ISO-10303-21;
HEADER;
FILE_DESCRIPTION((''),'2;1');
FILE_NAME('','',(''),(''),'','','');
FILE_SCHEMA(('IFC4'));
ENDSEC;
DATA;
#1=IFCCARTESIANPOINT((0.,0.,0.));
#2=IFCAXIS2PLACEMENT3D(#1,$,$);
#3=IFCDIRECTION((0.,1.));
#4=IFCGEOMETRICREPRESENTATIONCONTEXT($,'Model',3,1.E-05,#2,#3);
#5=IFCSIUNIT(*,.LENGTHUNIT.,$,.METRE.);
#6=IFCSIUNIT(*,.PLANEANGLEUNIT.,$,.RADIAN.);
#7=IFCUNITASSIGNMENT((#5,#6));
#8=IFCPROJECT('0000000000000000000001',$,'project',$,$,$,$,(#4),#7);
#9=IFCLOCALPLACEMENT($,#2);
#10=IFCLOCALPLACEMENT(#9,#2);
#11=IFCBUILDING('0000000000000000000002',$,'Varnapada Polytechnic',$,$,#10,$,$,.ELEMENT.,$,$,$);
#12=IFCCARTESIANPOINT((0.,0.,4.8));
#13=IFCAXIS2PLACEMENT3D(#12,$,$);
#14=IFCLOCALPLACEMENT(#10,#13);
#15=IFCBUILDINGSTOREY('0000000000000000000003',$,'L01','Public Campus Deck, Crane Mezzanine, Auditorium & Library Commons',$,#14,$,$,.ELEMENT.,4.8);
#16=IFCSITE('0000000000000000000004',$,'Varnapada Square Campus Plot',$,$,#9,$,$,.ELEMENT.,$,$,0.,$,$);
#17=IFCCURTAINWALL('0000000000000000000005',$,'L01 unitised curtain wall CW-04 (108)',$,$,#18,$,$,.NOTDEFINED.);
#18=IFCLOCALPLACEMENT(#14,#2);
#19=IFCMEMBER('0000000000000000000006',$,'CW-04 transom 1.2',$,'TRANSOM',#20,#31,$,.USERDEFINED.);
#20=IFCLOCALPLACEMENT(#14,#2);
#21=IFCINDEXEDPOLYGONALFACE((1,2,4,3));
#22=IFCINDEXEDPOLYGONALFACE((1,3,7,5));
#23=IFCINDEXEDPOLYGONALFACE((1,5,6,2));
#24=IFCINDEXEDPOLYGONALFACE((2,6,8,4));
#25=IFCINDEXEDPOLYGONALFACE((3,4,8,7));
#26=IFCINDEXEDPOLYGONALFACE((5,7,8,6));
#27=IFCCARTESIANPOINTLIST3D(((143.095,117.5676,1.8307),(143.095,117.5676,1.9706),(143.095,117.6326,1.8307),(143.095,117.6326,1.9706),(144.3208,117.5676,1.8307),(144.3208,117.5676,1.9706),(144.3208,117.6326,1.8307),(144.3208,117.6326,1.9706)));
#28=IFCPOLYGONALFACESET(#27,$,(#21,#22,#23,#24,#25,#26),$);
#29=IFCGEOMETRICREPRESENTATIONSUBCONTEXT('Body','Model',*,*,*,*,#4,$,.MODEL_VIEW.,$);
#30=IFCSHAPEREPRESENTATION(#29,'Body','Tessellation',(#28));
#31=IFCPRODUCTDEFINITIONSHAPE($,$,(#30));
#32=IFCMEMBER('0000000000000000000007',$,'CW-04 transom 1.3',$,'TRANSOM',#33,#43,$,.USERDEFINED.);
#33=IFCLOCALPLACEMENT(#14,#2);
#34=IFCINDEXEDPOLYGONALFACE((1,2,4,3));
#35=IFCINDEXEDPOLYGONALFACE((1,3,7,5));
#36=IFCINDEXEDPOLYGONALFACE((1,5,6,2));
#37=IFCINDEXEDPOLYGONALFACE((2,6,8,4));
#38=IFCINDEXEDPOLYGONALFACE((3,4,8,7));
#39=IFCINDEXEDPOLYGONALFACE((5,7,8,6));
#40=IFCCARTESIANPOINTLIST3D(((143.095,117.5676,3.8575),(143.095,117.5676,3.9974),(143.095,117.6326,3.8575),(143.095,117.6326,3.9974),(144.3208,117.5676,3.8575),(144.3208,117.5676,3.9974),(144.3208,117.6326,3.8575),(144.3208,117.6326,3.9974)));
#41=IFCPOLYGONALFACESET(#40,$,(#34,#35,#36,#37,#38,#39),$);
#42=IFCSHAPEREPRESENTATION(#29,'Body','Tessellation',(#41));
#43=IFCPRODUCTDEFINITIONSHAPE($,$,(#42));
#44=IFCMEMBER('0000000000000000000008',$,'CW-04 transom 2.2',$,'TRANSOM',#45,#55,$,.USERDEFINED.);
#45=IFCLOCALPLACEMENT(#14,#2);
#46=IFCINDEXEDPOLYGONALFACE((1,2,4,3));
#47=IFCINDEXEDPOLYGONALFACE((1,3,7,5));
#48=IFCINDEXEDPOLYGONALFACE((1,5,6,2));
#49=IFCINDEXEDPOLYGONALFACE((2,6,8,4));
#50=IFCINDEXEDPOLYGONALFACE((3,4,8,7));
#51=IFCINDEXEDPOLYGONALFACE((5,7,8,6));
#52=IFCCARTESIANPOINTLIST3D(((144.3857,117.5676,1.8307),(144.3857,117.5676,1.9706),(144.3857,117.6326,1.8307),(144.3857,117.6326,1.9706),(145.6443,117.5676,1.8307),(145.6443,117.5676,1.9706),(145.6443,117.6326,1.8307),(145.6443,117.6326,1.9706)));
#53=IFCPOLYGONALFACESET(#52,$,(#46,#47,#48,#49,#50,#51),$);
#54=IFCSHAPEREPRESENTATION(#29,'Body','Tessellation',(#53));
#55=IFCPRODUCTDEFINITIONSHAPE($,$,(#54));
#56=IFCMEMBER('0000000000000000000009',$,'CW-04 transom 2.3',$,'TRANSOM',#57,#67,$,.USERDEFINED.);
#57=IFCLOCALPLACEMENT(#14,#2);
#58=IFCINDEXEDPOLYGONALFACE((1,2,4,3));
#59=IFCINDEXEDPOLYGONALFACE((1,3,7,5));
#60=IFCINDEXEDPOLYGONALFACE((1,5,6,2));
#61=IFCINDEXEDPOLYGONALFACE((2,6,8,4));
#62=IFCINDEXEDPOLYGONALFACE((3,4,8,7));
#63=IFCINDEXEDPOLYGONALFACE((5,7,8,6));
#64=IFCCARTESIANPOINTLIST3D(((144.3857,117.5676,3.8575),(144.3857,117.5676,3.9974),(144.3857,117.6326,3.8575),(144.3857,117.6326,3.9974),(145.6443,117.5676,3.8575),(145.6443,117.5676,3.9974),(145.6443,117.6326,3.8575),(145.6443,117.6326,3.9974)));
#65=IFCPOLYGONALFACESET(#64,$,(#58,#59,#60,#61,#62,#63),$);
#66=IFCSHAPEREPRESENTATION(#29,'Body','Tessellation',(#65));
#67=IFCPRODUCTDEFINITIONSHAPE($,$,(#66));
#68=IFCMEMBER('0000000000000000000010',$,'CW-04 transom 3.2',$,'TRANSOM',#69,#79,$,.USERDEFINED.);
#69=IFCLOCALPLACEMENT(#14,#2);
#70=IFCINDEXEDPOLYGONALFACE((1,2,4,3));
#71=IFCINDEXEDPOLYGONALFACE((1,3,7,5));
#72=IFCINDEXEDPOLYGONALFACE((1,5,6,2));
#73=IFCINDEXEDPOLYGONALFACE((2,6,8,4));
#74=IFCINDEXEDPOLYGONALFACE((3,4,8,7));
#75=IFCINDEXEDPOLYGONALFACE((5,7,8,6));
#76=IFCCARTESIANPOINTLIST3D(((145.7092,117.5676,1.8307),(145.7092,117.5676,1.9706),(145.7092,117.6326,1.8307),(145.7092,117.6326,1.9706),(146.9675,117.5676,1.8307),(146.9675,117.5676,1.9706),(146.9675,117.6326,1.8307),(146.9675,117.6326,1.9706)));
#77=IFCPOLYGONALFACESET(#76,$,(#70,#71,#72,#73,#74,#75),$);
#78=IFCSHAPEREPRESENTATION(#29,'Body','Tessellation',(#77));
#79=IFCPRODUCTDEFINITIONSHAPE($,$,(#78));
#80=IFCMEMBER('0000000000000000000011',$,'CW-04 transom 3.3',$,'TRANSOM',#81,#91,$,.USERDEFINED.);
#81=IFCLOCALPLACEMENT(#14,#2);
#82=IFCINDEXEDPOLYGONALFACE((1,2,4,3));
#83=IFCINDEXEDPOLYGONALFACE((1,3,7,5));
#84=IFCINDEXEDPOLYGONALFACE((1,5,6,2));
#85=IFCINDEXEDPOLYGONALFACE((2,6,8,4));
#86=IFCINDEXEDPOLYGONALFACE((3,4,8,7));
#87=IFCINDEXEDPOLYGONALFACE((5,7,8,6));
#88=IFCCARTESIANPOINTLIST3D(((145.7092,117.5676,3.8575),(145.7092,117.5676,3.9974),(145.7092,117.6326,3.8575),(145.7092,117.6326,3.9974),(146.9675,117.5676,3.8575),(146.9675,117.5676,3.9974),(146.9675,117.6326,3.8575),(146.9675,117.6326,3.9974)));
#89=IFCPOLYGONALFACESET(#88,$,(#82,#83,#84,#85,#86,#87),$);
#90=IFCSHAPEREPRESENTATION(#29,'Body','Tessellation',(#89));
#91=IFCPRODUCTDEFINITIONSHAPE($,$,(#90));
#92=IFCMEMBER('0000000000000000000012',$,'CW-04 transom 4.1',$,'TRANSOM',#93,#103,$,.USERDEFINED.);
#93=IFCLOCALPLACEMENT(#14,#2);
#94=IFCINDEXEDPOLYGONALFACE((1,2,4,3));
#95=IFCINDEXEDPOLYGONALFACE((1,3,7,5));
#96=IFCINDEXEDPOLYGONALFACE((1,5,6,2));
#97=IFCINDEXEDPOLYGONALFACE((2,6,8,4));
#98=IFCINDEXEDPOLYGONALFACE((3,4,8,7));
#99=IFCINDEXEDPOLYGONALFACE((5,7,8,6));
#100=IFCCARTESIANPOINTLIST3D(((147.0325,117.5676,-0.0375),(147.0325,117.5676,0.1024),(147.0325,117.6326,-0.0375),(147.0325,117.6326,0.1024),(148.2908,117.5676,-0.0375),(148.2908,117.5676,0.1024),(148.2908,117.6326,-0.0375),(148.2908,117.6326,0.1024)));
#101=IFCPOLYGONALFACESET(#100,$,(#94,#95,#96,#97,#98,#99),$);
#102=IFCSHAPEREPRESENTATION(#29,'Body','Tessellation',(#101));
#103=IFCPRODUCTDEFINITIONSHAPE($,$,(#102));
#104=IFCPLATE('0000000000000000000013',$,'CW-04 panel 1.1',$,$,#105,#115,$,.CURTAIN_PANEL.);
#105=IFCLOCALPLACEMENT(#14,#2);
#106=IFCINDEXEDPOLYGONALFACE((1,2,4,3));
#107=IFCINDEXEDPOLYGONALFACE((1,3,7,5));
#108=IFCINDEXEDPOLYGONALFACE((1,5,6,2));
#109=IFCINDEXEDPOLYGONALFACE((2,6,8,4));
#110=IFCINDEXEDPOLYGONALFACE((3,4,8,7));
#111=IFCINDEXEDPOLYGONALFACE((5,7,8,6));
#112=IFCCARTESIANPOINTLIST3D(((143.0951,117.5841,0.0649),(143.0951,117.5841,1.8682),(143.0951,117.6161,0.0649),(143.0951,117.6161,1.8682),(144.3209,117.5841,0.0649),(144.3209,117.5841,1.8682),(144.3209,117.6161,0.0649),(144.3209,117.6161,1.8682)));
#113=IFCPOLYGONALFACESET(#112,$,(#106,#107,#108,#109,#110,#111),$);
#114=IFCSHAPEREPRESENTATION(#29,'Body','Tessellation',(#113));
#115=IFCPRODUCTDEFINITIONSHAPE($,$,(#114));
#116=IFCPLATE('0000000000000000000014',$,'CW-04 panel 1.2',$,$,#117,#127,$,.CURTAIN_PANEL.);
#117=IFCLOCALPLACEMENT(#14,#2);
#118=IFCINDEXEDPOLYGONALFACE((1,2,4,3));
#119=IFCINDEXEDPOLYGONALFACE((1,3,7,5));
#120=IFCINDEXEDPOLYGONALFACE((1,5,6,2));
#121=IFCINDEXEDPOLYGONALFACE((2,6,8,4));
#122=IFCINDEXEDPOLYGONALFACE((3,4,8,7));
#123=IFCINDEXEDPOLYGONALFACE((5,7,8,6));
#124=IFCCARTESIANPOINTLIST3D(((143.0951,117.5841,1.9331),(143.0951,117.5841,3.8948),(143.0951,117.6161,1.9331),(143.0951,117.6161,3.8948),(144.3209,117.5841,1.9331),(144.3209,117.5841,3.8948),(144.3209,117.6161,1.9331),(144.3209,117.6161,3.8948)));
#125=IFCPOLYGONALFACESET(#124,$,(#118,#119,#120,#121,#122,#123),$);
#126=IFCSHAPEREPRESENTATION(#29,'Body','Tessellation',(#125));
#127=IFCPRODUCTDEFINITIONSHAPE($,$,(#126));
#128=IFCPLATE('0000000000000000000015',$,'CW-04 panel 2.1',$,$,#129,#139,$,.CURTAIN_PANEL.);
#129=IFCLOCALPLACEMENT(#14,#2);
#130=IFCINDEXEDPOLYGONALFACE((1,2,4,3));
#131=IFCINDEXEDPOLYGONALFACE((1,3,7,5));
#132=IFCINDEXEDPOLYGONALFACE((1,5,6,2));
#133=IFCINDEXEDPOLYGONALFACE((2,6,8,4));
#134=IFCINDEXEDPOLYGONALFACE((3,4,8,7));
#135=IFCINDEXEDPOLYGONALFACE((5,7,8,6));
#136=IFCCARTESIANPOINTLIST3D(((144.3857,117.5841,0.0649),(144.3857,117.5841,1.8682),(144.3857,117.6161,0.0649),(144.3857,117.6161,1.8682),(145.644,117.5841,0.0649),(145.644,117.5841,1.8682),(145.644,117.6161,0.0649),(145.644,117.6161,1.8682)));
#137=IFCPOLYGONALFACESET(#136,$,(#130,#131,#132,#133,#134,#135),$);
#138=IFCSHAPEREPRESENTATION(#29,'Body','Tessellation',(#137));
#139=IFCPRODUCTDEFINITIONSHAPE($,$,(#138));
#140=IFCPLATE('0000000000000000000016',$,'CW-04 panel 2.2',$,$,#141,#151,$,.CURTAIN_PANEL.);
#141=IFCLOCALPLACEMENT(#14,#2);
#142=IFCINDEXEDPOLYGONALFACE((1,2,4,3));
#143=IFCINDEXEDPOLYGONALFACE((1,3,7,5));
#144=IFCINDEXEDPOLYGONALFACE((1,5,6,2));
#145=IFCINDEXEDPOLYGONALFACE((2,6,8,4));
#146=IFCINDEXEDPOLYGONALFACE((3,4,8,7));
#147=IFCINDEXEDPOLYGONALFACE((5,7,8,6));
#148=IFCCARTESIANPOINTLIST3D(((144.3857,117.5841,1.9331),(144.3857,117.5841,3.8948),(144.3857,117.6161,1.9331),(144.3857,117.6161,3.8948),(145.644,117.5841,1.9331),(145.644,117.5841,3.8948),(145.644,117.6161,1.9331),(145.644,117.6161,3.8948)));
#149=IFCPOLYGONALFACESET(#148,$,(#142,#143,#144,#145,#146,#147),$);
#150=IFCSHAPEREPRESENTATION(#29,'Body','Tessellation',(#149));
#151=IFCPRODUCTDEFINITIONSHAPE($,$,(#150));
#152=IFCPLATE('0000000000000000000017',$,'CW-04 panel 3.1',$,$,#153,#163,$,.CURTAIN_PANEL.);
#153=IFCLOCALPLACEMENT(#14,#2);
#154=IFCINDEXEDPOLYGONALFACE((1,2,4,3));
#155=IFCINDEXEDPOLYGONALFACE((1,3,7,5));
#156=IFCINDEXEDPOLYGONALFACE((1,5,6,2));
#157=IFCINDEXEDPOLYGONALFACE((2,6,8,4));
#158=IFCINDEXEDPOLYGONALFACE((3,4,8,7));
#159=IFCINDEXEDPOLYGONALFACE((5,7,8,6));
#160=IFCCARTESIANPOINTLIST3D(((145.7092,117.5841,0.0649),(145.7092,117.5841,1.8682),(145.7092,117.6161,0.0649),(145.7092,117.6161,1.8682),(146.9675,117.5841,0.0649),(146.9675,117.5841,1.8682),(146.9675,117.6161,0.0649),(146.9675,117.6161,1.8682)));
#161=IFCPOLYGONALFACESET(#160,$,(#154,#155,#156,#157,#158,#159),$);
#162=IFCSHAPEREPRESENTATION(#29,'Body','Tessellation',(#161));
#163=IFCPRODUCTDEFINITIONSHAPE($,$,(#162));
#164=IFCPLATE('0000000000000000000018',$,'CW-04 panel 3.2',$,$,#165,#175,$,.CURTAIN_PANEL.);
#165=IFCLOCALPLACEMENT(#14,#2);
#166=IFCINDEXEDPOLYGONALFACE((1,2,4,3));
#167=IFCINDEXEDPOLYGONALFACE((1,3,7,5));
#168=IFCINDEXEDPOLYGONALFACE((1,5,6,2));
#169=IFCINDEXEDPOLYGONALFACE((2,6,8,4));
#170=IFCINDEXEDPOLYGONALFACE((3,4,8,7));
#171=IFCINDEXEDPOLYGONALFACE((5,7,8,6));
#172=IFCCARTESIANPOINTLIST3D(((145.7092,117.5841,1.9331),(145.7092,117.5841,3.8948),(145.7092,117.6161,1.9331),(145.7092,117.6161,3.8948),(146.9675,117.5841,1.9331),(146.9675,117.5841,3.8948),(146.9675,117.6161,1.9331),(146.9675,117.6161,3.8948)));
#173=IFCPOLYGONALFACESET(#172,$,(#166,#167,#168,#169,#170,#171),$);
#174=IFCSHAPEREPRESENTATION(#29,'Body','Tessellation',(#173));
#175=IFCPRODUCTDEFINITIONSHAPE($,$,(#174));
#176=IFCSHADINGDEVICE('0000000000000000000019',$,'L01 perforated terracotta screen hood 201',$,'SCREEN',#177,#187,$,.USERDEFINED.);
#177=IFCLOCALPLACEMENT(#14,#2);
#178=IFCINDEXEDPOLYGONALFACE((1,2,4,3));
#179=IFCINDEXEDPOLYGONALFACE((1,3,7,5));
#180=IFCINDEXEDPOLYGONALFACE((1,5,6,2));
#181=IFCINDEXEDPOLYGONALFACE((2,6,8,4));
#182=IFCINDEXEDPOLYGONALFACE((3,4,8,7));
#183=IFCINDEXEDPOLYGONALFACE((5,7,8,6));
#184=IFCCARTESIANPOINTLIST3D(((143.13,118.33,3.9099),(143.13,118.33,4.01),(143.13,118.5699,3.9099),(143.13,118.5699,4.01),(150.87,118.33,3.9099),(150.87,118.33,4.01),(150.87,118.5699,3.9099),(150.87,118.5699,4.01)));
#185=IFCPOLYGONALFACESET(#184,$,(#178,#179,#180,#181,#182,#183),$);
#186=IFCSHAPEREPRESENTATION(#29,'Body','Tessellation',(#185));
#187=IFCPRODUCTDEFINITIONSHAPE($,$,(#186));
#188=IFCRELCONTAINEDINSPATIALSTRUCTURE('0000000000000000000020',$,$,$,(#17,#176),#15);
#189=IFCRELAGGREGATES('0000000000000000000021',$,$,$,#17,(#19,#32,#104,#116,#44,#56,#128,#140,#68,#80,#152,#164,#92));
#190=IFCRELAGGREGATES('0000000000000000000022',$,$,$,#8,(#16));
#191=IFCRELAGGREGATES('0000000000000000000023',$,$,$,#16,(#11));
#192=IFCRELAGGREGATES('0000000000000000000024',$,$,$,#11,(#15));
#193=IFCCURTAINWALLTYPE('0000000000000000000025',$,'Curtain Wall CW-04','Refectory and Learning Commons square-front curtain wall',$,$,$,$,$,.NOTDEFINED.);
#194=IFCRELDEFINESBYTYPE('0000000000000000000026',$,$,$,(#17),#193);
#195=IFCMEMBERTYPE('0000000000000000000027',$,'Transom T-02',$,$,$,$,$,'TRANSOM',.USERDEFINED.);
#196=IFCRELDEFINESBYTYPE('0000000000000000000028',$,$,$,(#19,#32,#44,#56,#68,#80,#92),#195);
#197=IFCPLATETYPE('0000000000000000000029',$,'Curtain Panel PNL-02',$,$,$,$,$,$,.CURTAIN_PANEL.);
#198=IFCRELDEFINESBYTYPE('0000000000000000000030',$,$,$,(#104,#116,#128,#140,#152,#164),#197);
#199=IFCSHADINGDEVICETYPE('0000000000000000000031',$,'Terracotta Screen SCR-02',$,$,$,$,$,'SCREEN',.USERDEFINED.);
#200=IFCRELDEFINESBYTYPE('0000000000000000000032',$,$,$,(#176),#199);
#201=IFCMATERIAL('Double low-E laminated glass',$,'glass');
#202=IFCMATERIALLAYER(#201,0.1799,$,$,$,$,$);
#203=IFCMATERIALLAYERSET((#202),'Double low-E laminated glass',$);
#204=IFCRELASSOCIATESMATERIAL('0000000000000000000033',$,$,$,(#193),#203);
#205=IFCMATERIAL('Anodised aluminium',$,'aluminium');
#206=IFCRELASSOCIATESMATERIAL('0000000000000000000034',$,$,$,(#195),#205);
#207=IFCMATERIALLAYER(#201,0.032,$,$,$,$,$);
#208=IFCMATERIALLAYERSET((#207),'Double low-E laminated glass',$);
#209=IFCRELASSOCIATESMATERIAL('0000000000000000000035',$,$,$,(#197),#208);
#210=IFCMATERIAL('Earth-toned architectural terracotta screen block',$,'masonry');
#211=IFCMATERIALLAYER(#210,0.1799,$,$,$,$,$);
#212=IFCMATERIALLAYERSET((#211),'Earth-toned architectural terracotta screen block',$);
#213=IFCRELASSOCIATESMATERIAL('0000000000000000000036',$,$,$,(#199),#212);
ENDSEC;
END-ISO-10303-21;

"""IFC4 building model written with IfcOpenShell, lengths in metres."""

from ifc_helpers import new_model, si_unit, direction, frame, origin, origin_2d, place, context, subcontext, project, spatial, rectangle, extrude, material, layer, layer_set, material_profile, profile_set, type_object, element, aggregate, save


model = new_model("IFC4")

# Units and contexts
model_context = context("Model", 3, precision=1e-05, world=origin(), true_north=direction((0.0, 1.0)))
body_context = subcontext(model_context, "Body", "Model", "MODEL_VIEW")
ifc_project = project(units=[si_unit("LENGTHUNIT", "METRE"), si_unit("PLANEANGLEUNIT", "RADIAN")], contexts=[model_context])

# Site, building, storey
site_placement = place(None, origin())
site = spatial("IfcSite", under=ifc_project, at=site_placement, Name="Varnapada Square Campus Plot", CompositionType="ELEMENT", RefElevation=0.0)
building_placement = place(site_placement, origin())
building = spatial("IfcBuilding", under=site, at=building_placement, Name="Varnapada Polytechnic", CompositionType="ELEMENT")
storey_placement = place(building_placement, frame((0.0, 0.0, 4.8)))
storey = spatial("IfcBuildingStorey", under=building, at=storey_placement, Name="L01", Description="Public Campus Deck, Crane Mezzanine, Auditorium & Library Commons", CompositionType="ELEMENT", Elevation=4.8)

# Curtain wall, members, plates
ifc_material_1 = material(Name="Double low-E laminated glass", Category="glass")
ifc_layer_1 = layer(ifc_material_1, 0.1799)
ifc_layer_set_1 = layer_set([ifc_layer_1], Name="Double low-E laminated glass")
curtain_wall_type = type_object("IfcCurtainWallType", Name="Curtain Wall CW-04", Description="Refectory and Learning Commons square-front curtain wall", PredefinedType="NOTDEFINED", material=ifc_layer_set_1)
curtain_wall_placement = place(storey_placement, origin())
curtain_wall = element("IfcCurtainWall", 1, at=curtain_wall_placement, inside=storey, type_object=curtain_wall_type, Name="L01 unitised curtain wall CW-04 (108)", PredefinedType="NOTDEFINED")
ifc_material_2 = material(Name="Anodised aluminium", Category="aluminium")
ifc_material_profile = material_profile(ifc_material_2, rectangle(XDim=0.0649, YDim=0.1399, at=origin_2d()), Name="ALU T65x140")
ifc_profile_set = profile_set([ifc_material_profile], Name="Anodised aluminium")
member_type = type_object("IfcMemberType", Name="Transom T-02", ElementType="TRANSOM", PredefinedType="USERDEFINED", material=ifc_profile_set)
member_1_placement = place(storey_placement, frame((143.095, 117.6001, 1.9006), z_axis=(1.0, 0.0, 0.0), x_axis=(0.0, 1.0, 0.0)))
member_1 = element("IfcMember", 2, at=member_1_placement, type_object=member_type, Name="CW-04 transom 1.2", ObjectType="TRANSOM", PredefinedType="USERDEFINED", context=body_context, shape_type="SweptSolid", body=[
    extrude(rectangle(XDim=0.0649, YDim=0.1399, at=origin_2d()), origin(), (0.0, 0.0, 1.0), 1.2258),
])
member_2_placement = place(storey_placement, frame((143.095, 117.6001, 3.9275), z_axis=(1.0, 0.0, 0.0), x_axis=(0.0, 1.0, 0.0)))
member_2 = element("IfcMember", 3, at=member_2_placement, type_object=member_type, Name="CW-04 transom 1.3", ObjectType="TRANSOM", PredefinedType="USERDEFINED", context=body_context, shape_type="SweptSolid", body=[
    extrude(rectangle(XDim=0.0649, YDim=0.1399, at=origin_2d()), origin(), (0.0, 0.0, 1.0), 1.2258),
])
member_3_placement = place(storey_placement, frame((144.3857, 117.6001, 1.9006), z_axis=(1.0, 0.0, 0.0), x_axis=(0.0, 1.0, 0.0)))
member_3 = element("IfcMember", 4, at=member_3_placement, type_object=member_type, Name="CW-04 transom 2.2", ObjectType="TRANSOM", PredefinedType="USERDEFINED", context=body_context, shape_type="SweptSolid", body=[
    extrude(rectangle(XDim=0.0649, YDim=0.1399, at=origin_2d()), origin(), (0.0, 0.0, 1.0), 1.2585),
])
member_4_placement = place(storey_placement, frame((144.3857, 117.6001, 3.9275), z_axis=(1.0, 0.0, 0.0), x_axis=(0.0, 1.0, 0.0)))
member_4 = element("IfcMember", 5, at=member_4_placement, type_object=member_type, Name="CW-04 transom 2.3", ObjectType="TRANSOM", PredefinedType="USERDEFINED", context=body_context, shape_type="SweptSolid", body=[
    extrude(rectangle(XDim=0.0649, YDim=0.1399, at=origin_2d()), origin(), (0.0, 0.0, 1.0), 1.2585),
])
member_5_placement = place(storey_placement, frame((145.7092, 117.6001, 1.9006), z_axis=(1.0, 0.0, 0.0), x_axis=(0.0, 1.0, 0.0)))
member_5 = element("IfcMember", 6, at=member_5_placement, type_object=member_type, Name="CW-04 transom 3.2", ObjectType="TRANSOM", PredefinedType="USERDEFINED", context=body_context, shape_type="SweptSolid", body=[
    extrude(rectangle(XDim=0.0649, YDim=0.1399, at=origin_2d()), origin(), (0.0, 0.0, 1.0), 1.2583),
])
member_6_placement = place(storey_placement, frame((145.7092, 117.6001, 3.9275), z_axis=(1.0, 0.0, 0.0), x_axis=(0.0, 1.0, 0.0)))
member_6 = element("IfcMember", 7, at=member_6_placement, type_object=member_type, Name="CW-04 transom 3.3", ObjectType="TRANSOM", PredefinedType="USERDEFINED", context=body_context, shape_type="SweptSolid", body=[
    extrude(rectangle(XDim=0.0649, YDim=0.1399, at=origin_2d()), origin(), (0.0, 0.0, 1.0), 1.2583),
])
member_7_placement = place(storey_placement, frame((147.0325, 117.6001, 0.0325), z_axis=(1.0, 0.0, 0.0), x_axis=(0.0, 1.0, 0.0)))
member_7 = element("IfcMember", 8, at=member_7_placement, type_object=member_type, Name="CW-04 transom 4.1", ObjectType="TRANSOM", PredefinedType="USERDEFINED", context=body_context, shape_type="SweptSolid", body=[
    extrude(rectangle(XDim=0.0649, YDim=0.1399, at=origin_2d()), origin(), (0.0, 0.0, 1.0), 1.2583),
])
ifc_layer_2 = layer(ifc_material_1, 0.032)
ifc_layer_set_2 = layer_set([ifc_layer_2], Name="Double low-E laminated glass")
plate_type = type_object("IfcPlateType", Name="Curtain Panel PNL-02", PredefinedType="CURTAIN_PANEL", material=ifc_layer_set_2)
plate_1_placement = place(storey_placement, frame((143.708, 117.6001, 0.0649), z_axis=(0.0, 0.0, 1.0), x_axis=(1.0, 0.0, 0.0)))
plate_1 = element("IfcPlate", 9, at=plate_1_placement, type_object=plate_type, Name="CW-04 panel 1.1", PredefinedType="CURTAIN_PANEL", context=body_context, shape_type="SweptSolid", body=[
    extrude(rectangle(XDim=1.2258, YDim=0.032, at=origin_2d()), origin(), (0.0, 0.0, 1.0), 1.8032),
])
plate_2_placement = place(storey_placement, frame((143.708, 117.6001, 1.9331), z_axis=(0.0, 0.0, 1.0), x_axis=(1.0, 0.0, 0.0)))
plate_2 = element("IfcPlate", 10, at=plate_2_placement, type_object=plate_type, Name="CW-04 panel 1.2", PredefinedType="CURTAIN_PANEL", context=body_context, shape_type="SweptSolid", body=[
    extrude(rectangle(XDim=1.2258, YDim=0.032, at=origin_2d()), origin(), (0.0, 0.0, 1.0), 1.9617),
])
plate_3_placement = place(storey_placement, frame((145.0149, 117.6001, 0.0649), z_axis=(0.0, 0.0, 1.0), x_axis=(1.0, 0.0, 0.0)))
plate_3 = element("IfcPlate", 11, at=plate_3_placement, type_object=plate_type, Name="CW-04 panel 2.1", PredefinedType="CURTAIN_PANEL", context=body_context, shape_type="SweptSolid", body=[
    extrude(rectangle(XDim=1.2583, YDim=0.032, at=origin_2d()), origin(), (0.0, 0.0, 1.0), 1.8032),
])
plate_4_placement = place(storey_placement, frame((145.0149, 117.6001, 1.9331), z_axis=(0.0, 0.0, 1.0), x_axis=(1.0, 0.0, 0.0)))
plate_4 = element("IfcPlate", 12, at=plate_4_placement, type_object=plate_type, Name="CW-04 panel 2.2", PredefinedType="CURTAIN_PANEL", context=body_context, shape_type="SweptSolid", body=[
    extrude(rectangle(XDim=1.2583, YDim=0.032, at=origin_2d()), origin(), (0.0, 0.0, 1.0), 1.9617),
])
plate_5_placement = place(storey_placement, frame((146.3384, 117.6001, 0.0649), z_axis=(0.0, 0.0, 1.0), x_axis=(1.0, 0.0, 0.0)))
plate_5 = element("IfcPlate", 13, at=plate_5_placement, type_object=plate_type, Name="CW-04 panel 3.1", PredefinedType="CURTAIN_PANEL", context=body_context, shape_type="SweptSolid", body=[
    extrude(rectangle(XDim=1.2583, YDim=0.032, at=origin_2d()), origin(), (0.0, 0.0, 1.0), 1.8032),
])
plate_6_placement = place(storey_placement, frame((146.3384, 117.6001, 1.9331), z_axis=(0.0, 0.0, 1.0), x_axis=(1.0, 0.0, 0.0)))
plate_6 = element("IfcPlate", 14, at=plate_6_placement, type_object=plate_type, Name="CW-04 panel 3.2", PredefinedType="CURTAIN_PANEL", context=body_context, shape_type="SweptSolid", body=[
    extrude(rectangle(XDim=1.2583, YDim=0.032, at=origin_2d()), origin(), (0.0, 0.0, 1.0), 1.9617),
])
aggregate(curtain_wall, [member_1, member_2, plate_1, plate_2, member_3, member_4, plate_3, plate_4, member_5, member_6, plate_5, plate_6, member_7])

# Shading device
ifc_material_3 = material(Name="Earth-toned architectural terracotta screen block", Category="masonry")
ifc_layer_3 = layer(ifc_material_3, 0.1799)
ifc_layer_set_3 = layer_set([ifc_layer_3], Name="Earth-toned architectural terracotta screen block")
shading_device_type = type_object("IfcShadingDeviceType", Name="Terracotta Screen SCR-02", ElementType="SCREEN", PredefinedType="USERDEFINED", material=ifc_layer_set_3)
shading_device_placement = place(storey_placement, frame((147.0, 118.45, 3.9099), z_axis=(0.0, 0.0, 1.0), x_axis=(1.0, 0.0, 0.0)))
element("IfcShadingDevice", 15, at=shading_device_placement, inside=storey, type_object=shading_device_type, Name="L01 perforated terracotta screen hood 201", ObjectType="SCREEN", PredefinedType="USERDEFINED", context=body_context, shape_type="SweptSolid", body=[
    extrude(rectangle(XDim=7.74, YDim=0.24, at=origin_2d()), origin(), (0.0, 0.0, 1.0), 0.1001),
])

save(model, "model.ifc")
